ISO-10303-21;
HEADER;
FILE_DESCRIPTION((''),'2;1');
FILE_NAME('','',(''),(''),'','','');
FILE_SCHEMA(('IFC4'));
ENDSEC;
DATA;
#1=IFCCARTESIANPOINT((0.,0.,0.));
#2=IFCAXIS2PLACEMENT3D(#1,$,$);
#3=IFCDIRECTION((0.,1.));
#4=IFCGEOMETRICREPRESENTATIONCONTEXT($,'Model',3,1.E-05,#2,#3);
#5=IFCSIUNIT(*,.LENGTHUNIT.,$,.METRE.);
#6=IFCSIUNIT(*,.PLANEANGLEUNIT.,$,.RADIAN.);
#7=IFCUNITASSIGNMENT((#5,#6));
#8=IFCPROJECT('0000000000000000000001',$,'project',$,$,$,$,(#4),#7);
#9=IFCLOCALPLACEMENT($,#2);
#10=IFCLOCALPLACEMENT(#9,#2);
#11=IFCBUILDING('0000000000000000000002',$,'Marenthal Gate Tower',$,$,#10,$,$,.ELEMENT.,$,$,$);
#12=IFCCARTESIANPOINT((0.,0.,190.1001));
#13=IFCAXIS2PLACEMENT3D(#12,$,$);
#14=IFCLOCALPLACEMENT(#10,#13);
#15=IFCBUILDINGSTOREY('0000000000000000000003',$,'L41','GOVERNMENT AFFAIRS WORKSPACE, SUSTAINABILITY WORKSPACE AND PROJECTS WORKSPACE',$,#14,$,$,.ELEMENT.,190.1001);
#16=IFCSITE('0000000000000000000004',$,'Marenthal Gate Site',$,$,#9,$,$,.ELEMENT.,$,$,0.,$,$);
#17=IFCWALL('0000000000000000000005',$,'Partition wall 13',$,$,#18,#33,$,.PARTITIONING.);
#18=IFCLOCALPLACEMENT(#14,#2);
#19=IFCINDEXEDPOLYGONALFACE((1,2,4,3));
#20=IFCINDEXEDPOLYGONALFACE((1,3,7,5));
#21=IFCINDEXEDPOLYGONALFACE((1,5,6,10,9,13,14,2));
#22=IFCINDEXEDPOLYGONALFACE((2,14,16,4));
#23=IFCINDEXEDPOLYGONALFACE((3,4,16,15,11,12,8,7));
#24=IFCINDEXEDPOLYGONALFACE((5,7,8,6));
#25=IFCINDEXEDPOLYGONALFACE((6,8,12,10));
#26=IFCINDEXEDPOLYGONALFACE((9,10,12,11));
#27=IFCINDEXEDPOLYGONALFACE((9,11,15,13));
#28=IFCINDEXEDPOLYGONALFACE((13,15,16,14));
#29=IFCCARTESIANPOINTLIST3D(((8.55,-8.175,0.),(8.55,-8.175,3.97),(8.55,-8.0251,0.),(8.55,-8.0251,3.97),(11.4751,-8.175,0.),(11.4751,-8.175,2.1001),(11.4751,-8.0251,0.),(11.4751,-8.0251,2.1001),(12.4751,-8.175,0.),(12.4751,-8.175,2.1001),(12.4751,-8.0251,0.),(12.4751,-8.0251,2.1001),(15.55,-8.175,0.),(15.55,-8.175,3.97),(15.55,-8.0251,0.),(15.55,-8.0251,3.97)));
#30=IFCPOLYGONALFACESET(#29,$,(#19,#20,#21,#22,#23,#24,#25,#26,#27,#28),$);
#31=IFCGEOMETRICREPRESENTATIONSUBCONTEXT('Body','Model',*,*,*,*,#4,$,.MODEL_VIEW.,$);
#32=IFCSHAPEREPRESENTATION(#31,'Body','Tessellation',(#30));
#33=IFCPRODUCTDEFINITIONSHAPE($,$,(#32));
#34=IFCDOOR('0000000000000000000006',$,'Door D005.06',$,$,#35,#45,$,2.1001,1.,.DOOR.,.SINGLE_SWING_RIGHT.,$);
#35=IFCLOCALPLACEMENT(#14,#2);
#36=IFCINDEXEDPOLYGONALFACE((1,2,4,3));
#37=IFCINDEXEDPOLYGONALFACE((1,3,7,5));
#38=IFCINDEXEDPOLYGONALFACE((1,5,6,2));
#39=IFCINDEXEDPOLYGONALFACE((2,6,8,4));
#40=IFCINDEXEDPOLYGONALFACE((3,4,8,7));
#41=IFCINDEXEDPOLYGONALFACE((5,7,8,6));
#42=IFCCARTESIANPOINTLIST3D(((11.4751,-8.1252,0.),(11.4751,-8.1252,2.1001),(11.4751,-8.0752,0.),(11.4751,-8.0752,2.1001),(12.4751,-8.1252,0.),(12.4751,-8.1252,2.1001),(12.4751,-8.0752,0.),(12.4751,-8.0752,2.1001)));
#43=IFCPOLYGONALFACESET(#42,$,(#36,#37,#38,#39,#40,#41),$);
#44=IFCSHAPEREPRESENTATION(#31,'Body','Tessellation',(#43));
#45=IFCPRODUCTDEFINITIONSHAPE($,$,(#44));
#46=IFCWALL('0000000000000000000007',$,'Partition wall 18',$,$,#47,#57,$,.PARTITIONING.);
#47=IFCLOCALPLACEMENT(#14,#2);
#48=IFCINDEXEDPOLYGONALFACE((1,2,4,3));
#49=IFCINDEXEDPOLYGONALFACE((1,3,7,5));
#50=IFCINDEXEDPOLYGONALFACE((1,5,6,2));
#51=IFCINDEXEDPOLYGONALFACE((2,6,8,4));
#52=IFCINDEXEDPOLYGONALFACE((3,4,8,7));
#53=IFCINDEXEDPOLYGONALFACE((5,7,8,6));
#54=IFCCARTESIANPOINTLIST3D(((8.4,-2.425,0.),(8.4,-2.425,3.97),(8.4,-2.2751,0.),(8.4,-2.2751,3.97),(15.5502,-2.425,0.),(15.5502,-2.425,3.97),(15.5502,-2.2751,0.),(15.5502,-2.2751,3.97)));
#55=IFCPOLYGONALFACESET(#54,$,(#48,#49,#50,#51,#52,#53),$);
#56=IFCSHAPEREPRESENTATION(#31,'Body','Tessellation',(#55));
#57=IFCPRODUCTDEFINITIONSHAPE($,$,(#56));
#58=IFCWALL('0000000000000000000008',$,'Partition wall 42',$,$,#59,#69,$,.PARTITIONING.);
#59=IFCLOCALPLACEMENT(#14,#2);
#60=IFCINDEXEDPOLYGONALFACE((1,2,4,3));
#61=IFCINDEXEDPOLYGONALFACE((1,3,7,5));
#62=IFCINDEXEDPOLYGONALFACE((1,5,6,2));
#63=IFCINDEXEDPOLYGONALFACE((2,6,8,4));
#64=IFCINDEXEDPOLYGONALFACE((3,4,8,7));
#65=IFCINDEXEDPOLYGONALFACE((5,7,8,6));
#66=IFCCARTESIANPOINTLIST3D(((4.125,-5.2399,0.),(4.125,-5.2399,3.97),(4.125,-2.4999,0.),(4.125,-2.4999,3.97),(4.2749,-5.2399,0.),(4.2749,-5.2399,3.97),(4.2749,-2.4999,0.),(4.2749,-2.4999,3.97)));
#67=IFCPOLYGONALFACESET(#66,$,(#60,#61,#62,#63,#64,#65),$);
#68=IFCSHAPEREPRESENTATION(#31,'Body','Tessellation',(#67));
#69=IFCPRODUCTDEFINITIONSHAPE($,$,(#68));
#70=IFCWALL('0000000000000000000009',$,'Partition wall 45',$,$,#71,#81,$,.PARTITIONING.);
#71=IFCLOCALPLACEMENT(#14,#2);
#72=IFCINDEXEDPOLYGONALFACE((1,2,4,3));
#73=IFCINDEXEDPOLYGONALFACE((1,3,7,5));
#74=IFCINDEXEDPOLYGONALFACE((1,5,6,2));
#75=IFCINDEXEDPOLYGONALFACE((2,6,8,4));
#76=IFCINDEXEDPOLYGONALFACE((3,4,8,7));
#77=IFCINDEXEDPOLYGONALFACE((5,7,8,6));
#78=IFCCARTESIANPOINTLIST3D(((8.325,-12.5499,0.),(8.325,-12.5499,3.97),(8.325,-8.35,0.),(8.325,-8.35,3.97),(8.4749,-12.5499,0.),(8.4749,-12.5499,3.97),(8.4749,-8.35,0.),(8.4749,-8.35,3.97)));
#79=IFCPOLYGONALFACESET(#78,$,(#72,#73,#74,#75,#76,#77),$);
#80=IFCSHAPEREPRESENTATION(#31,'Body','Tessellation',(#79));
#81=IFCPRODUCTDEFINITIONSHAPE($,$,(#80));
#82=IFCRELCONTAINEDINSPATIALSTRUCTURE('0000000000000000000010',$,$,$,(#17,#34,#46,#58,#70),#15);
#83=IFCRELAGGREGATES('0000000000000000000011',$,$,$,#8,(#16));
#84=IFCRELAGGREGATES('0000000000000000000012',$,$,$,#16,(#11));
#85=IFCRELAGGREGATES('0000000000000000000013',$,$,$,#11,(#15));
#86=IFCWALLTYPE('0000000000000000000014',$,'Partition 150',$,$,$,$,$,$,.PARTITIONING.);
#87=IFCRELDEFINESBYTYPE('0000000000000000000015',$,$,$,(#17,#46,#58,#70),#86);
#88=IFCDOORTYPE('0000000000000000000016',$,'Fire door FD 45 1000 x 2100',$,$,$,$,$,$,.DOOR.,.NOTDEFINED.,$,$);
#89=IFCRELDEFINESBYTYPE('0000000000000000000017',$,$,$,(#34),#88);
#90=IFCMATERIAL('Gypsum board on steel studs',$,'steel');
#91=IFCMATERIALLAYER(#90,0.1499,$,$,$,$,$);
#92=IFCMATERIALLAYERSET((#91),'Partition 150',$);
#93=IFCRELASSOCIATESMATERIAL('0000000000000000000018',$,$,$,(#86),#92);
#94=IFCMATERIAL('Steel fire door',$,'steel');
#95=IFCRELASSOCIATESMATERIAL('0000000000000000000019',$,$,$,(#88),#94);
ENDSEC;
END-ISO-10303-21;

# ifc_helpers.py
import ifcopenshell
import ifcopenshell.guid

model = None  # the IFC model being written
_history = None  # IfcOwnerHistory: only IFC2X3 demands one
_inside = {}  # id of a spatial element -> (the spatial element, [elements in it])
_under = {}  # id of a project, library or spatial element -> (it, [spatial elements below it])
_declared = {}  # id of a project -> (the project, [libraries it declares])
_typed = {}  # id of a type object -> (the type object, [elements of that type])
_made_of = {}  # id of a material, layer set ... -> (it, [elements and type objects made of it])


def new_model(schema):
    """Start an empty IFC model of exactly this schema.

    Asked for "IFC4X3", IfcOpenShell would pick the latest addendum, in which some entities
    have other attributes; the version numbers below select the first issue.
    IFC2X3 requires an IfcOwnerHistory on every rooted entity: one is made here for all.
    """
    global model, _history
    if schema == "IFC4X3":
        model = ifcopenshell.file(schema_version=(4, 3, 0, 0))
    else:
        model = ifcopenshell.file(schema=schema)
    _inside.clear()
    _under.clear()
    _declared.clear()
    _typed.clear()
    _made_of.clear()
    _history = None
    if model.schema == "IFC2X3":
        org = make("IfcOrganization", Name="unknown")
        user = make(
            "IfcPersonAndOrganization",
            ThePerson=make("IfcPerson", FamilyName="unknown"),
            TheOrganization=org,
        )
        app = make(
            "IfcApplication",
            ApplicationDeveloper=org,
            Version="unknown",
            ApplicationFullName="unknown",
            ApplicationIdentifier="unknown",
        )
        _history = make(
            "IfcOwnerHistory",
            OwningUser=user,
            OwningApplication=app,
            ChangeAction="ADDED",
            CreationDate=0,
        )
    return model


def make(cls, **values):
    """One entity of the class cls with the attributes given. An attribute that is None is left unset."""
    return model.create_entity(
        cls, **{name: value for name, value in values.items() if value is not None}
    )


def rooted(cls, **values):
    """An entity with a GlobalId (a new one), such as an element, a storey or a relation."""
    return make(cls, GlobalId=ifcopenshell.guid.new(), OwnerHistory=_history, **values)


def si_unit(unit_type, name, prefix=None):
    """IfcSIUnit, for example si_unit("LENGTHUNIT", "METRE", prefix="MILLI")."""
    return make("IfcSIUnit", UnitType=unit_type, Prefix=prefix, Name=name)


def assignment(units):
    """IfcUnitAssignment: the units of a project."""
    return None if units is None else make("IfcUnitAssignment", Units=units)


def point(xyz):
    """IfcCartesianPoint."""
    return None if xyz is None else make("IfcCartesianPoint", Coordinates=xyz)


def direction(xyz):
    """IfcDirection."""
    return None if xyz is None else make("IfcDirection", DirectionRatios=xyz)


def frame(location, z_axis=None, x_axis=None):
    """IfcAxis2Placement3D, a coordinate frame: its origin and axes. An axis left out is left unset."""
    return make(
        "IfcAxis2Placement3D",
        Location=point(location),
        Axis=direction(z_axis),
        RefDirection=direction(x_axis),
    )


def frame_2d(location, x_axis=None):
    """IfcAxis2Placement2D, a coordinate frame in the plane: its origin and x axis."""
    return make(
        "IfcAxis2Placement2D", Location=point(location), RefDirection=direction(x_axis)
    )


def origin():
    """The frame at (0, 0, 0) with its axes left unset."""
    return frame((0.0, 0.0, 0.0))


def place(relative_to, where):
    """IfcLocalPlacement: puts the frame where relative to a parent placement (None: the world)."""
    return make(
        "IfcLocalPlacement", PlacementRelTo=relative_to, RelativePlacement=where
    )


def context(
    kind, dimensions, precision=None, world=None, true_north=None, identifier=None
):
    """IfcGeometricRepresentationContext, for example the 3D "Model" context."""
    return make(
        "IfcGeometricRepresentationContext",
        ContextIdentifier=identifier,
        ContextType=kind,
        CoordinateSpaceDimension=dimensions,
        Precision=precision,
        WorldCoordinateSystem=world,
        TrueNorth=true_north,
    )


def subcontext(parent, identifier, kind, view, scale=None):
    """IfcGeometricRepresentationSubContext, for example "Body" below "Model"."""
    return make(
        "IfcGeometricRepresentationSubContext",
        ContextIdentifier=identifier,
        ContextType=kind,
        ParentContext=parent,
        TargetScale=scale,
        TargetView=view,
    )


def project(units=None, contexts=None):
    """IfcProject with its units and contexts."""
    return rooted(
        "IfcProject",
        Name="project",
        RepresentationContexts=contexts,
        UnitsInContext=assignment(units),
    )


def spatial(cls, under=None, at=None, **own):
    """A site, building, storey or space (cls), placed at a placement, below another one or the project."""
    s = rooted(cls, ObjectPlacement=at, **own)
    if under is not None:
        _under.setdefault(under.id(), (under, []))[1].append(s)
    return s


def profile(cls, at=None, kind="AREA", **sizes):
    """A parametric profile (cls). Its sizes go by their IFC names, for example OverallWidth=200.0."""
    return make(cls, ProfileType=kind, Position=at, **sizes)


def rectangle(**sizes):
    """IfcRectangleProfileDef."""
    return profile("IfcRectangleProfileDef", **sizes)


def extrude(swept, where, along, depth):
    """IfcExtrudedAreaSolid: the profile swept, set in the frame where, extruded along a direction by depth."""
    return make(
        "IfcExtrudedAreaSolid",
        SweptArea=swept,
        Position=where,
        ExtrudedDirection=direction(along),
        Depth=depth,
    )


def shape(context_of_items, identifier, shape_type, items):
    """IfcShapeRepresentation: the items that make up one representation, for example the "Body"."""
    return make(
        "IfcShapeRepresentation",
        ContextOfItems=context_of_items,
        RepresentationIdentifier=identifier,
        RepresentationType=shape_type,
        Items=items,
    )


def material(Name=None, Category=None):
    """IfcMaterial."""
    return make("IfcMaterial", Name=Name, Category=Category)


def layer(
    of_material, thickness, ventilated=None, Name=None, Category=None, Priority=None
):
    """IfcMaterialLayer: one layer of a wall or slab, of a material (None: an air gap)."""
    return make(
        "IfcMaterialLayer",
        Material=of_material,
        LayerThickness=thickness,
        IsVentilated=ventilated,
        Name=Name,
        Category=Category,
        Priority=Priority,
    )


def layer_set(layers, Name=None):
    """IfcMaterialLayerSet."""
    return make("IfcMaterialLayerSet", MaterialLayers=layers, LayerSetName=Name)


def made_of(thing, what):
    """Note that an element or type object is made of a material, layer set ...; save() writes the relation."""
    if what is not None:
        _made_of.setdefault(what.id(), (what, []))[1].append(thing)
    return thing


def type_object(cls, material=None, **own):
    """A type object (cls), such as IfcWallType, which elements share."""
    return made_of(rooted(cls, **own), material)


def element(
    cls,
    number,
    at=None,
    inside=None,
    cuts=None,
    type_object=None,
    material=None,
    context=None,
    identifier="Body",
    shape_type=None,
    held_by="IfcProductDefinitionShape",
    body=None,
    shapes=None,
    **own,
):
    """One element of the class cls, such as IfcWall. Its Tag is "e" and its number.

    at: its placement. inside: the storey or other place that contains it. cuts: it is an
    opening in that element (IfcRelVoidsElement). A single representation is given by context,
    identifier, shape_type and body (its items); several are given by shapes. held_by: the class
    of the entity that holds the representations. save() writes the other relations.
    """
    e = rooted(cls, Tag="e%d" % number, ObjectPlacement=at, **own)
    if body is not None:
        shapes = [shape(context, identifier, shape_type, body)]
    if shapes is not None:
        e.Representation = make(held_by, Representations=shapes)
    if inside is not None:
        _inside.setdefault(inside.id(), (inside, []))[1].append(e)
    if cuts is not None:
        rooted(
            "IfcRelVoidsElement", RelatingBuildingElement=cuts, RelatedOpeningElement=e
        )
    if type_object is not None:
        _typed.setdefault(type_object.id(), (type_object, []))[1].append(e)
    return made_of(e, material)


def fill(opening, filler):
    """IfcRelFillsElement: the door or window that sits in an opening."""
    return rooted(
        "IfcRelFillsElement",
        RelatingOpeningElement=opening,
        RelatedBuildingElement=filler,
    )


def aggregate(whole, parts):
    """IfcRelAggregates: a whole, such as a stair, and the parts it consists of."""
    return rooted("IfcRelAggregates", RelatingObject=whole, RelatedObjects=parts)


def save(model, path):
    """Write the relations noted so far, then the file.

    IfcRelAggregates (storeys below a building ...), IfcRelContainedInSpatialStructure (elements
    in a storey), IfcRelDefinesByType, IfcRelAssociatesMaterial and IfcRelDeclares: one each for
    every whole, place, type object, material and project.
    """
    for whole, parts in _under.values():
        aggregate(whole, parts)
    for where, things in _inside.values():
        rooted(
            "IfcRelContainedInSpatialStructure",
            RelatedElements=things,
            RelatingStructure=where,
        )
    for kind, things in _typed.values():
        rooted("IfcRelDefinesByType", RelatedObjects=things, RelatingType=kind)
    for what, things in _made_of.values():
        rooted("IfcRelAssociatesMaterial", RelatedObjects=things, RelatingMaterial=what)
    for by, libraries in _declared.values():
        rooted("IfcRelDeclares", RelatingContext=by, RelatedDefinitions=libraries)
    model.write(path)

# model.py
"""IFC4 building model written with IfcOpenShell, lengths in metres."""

from ifc_helpers import new_model, si_unit, direction, frame, frame_2d, origin, place, context, subcontext, project, spatial, rectangle, extrude, material, layer, layer_set, type_object, element, fill, save


model = new_model("IFC4")

# Units and contexts
model_context = context("Model", 3, precision=1e-05, world=origin(), true_north=direction((0.0, 1.0)))
body_context = subcontext(model_context, "Body", "Model", "MODEL_VIEW")
ifc_project = project(units=[si_unit("LENGTHUNIT", "METRE"), si_unit("PLANEANGLEUNIT", "RADIAN")], contexts=[model_context])

# Site, building, storey
site_placement = place(None, origin())
site = spatial("IfcSite", under=ifc_project, at=site_placement, Name="Marenthal Gate Site", CompositionType="ELEMENT", RefElevation=0.0)
building_placement = place(site_placement, origin())
building = spatial("IfcBuilding", under=site, at=building_placement, Name="Marenthal Gate Tower", CompositionType="ELEMENT")
storey_placement = place(building_placement, frame((0.0, 0.0, 190.1001)))
storey = spatial("IfcBuildingStorey", under=building, at=storey_placement, Name="L41", Description="GOVERNMENT AFFAIRS WORKSPACE, SUSTAINABILITY WORKSPACE AND PROJECTS WORKSPACE", CompositionType="ELEMENT", Elevation=190.1001)

# Wall, opening, door
ifc_material_1 = material(Name="Gypsum board on steel studs", Category="steel")
ifc_layer_1 = layer(ifc_material_1, 0.1499)
ifc_layer_set_1 = layer_set([ifc_layer_1], Name="Partition 150")
wall_type_1 = type_object("IfcWallType", Name="Partition 150", PredefinedType="PARTITIONING", material=ifc_layer_set_1)
ifc_material_2 = material(Name="Steel fire door", Category="steel")
door_type_1 = type_object("IfcDoorType", Name="Fire door FD 45 1000 x 2100", OperationType="NOTDEFINED", PredefinedType="DOOR", material=ifc_material_2)
wall_1_placement = place(storey_placement, frame((8.55, -8.1001, 0.0), z_axis=(0.0, 0.0, 1.0), x_axis=(1.0, 0.0, 0.0)))
wall_1 = element("IfcWall", 1, at=wall_1_placement, inside=storey, type_object=wall_type_1, Name="Partition wall 13", PredefinedType="PARTITIONING", context=body_context, shape_type="SweptSolid", body=[
    extrude(rectangle(XDim=7.0, YDim=0.1499, at=frame_2d((3.5, 0.0))), origin(), (0.0, 0.0, 1.0), 3.97),
])
opening_1_placement = place(wall_1_placement, frame((2.925, 0.0, 0.0)))
opening_1 = element("IfcOpeningElement", 2, at=opening_1_placement, cuts=wall_1, PredefinedType="OPENING", context=body_context, shape_type="SweptSolid", body=[
    extrude(rectangle(XDim=1.0, YDim=2.1001, at=frame_2d((0.5, 1.05))), frame((0.0, 0.085, 0.0), z_axis=(0.0, -1.0, 0.0), x_axis=(1.0, 0.0, 0.0)), (0.0, 0.0, 1.0), 0.1699),
])
door_1_placement = place(opening_1_placement, origin())
door_1 = element("IfcDoor", 3, at=door_1_placement, inside=storey, type_object=door_type_1, Name="Door D005.06", OperationType="SINGLE_SWING_RIGHT", OverallHeight=2.1001, OverallWidth=1.0, PredefinedType="DOOR", context=body_context, shape_type="SweptSolid", body=[
    extrude(rectangle(XDim=1.0, YDim=2.1001, at=frame_2d((0.5, 1.05))), frame((0.0, 0.0249, 0.0), z_axis=(0.0, -1.0, 0.0), x_axis=(1.0, 0.0, 0.0)), (0.0, 0.0, 1.0), 0.05),
])
fill(opening_1, door_1)

# Walls
wall_2_placement = place(storey_placement, frame((8.3999, -2.3501, 0.0), z_axis=(0.0, 0.0, 1.0), x_axis=(1.0, 0.0, 0.0)))
element("IfcWall", 4, at=wall_2_placement, inside=storey, type_object=wall_type_1, Name="Partition wall 18", PredefinedType="PARTITIONING", context=body_context, shape_type="SweptSolid", body=[
    extrude(rectangle(XDim=7.1501, YDim=0.1499, at=frame_2d((3.5752, 0.0))), origin(), (0.0, 0.0, 1.0), 3.97),
])
wall_3_placement = place(storey_placement, frame((4.2, -5.24, 0.0), z_axis=(0.0, 0.0, 1.0), x_axis=(0.0, 1.0, 0.0)))
element("IfcWall", 5, at=wall_3_placement, inside=storey, type_object=wall_type_1, Name="Partition wall 42", PredefinedType="PARTITIONING", context=body_context, shape_type="SweptSolid", body=[
    extrude(rectangle(XDim=2.74, YDim=0.1499, at=frame_2d((1.3701, 0.0))), origin(), (0.0, 0.0, 1.0), 3.97),
])
wall_4_placement = place(storey_placement, frame((8.3999, -12.55, 0.0), z_axis=(0.0, 0.0, 1.0), x_axis=(0.0, 1.0, 0.0)))
element("IfcWall", 6, at=wall_4_placement, inside=storey, type_object=wall_type_1, Name="Partition wall 45", PredefinedType="PARTITIONING", context=body_context, shape_type="SweptSolid", body=[
    extrude(rectangle(XDim=4.2, YDim=0.1499, at=frame_2d((2.1001, 0.0))), origin(), (0.0, 0.0, 1.0), 3.97),
])

save(model, "model.ifc")
